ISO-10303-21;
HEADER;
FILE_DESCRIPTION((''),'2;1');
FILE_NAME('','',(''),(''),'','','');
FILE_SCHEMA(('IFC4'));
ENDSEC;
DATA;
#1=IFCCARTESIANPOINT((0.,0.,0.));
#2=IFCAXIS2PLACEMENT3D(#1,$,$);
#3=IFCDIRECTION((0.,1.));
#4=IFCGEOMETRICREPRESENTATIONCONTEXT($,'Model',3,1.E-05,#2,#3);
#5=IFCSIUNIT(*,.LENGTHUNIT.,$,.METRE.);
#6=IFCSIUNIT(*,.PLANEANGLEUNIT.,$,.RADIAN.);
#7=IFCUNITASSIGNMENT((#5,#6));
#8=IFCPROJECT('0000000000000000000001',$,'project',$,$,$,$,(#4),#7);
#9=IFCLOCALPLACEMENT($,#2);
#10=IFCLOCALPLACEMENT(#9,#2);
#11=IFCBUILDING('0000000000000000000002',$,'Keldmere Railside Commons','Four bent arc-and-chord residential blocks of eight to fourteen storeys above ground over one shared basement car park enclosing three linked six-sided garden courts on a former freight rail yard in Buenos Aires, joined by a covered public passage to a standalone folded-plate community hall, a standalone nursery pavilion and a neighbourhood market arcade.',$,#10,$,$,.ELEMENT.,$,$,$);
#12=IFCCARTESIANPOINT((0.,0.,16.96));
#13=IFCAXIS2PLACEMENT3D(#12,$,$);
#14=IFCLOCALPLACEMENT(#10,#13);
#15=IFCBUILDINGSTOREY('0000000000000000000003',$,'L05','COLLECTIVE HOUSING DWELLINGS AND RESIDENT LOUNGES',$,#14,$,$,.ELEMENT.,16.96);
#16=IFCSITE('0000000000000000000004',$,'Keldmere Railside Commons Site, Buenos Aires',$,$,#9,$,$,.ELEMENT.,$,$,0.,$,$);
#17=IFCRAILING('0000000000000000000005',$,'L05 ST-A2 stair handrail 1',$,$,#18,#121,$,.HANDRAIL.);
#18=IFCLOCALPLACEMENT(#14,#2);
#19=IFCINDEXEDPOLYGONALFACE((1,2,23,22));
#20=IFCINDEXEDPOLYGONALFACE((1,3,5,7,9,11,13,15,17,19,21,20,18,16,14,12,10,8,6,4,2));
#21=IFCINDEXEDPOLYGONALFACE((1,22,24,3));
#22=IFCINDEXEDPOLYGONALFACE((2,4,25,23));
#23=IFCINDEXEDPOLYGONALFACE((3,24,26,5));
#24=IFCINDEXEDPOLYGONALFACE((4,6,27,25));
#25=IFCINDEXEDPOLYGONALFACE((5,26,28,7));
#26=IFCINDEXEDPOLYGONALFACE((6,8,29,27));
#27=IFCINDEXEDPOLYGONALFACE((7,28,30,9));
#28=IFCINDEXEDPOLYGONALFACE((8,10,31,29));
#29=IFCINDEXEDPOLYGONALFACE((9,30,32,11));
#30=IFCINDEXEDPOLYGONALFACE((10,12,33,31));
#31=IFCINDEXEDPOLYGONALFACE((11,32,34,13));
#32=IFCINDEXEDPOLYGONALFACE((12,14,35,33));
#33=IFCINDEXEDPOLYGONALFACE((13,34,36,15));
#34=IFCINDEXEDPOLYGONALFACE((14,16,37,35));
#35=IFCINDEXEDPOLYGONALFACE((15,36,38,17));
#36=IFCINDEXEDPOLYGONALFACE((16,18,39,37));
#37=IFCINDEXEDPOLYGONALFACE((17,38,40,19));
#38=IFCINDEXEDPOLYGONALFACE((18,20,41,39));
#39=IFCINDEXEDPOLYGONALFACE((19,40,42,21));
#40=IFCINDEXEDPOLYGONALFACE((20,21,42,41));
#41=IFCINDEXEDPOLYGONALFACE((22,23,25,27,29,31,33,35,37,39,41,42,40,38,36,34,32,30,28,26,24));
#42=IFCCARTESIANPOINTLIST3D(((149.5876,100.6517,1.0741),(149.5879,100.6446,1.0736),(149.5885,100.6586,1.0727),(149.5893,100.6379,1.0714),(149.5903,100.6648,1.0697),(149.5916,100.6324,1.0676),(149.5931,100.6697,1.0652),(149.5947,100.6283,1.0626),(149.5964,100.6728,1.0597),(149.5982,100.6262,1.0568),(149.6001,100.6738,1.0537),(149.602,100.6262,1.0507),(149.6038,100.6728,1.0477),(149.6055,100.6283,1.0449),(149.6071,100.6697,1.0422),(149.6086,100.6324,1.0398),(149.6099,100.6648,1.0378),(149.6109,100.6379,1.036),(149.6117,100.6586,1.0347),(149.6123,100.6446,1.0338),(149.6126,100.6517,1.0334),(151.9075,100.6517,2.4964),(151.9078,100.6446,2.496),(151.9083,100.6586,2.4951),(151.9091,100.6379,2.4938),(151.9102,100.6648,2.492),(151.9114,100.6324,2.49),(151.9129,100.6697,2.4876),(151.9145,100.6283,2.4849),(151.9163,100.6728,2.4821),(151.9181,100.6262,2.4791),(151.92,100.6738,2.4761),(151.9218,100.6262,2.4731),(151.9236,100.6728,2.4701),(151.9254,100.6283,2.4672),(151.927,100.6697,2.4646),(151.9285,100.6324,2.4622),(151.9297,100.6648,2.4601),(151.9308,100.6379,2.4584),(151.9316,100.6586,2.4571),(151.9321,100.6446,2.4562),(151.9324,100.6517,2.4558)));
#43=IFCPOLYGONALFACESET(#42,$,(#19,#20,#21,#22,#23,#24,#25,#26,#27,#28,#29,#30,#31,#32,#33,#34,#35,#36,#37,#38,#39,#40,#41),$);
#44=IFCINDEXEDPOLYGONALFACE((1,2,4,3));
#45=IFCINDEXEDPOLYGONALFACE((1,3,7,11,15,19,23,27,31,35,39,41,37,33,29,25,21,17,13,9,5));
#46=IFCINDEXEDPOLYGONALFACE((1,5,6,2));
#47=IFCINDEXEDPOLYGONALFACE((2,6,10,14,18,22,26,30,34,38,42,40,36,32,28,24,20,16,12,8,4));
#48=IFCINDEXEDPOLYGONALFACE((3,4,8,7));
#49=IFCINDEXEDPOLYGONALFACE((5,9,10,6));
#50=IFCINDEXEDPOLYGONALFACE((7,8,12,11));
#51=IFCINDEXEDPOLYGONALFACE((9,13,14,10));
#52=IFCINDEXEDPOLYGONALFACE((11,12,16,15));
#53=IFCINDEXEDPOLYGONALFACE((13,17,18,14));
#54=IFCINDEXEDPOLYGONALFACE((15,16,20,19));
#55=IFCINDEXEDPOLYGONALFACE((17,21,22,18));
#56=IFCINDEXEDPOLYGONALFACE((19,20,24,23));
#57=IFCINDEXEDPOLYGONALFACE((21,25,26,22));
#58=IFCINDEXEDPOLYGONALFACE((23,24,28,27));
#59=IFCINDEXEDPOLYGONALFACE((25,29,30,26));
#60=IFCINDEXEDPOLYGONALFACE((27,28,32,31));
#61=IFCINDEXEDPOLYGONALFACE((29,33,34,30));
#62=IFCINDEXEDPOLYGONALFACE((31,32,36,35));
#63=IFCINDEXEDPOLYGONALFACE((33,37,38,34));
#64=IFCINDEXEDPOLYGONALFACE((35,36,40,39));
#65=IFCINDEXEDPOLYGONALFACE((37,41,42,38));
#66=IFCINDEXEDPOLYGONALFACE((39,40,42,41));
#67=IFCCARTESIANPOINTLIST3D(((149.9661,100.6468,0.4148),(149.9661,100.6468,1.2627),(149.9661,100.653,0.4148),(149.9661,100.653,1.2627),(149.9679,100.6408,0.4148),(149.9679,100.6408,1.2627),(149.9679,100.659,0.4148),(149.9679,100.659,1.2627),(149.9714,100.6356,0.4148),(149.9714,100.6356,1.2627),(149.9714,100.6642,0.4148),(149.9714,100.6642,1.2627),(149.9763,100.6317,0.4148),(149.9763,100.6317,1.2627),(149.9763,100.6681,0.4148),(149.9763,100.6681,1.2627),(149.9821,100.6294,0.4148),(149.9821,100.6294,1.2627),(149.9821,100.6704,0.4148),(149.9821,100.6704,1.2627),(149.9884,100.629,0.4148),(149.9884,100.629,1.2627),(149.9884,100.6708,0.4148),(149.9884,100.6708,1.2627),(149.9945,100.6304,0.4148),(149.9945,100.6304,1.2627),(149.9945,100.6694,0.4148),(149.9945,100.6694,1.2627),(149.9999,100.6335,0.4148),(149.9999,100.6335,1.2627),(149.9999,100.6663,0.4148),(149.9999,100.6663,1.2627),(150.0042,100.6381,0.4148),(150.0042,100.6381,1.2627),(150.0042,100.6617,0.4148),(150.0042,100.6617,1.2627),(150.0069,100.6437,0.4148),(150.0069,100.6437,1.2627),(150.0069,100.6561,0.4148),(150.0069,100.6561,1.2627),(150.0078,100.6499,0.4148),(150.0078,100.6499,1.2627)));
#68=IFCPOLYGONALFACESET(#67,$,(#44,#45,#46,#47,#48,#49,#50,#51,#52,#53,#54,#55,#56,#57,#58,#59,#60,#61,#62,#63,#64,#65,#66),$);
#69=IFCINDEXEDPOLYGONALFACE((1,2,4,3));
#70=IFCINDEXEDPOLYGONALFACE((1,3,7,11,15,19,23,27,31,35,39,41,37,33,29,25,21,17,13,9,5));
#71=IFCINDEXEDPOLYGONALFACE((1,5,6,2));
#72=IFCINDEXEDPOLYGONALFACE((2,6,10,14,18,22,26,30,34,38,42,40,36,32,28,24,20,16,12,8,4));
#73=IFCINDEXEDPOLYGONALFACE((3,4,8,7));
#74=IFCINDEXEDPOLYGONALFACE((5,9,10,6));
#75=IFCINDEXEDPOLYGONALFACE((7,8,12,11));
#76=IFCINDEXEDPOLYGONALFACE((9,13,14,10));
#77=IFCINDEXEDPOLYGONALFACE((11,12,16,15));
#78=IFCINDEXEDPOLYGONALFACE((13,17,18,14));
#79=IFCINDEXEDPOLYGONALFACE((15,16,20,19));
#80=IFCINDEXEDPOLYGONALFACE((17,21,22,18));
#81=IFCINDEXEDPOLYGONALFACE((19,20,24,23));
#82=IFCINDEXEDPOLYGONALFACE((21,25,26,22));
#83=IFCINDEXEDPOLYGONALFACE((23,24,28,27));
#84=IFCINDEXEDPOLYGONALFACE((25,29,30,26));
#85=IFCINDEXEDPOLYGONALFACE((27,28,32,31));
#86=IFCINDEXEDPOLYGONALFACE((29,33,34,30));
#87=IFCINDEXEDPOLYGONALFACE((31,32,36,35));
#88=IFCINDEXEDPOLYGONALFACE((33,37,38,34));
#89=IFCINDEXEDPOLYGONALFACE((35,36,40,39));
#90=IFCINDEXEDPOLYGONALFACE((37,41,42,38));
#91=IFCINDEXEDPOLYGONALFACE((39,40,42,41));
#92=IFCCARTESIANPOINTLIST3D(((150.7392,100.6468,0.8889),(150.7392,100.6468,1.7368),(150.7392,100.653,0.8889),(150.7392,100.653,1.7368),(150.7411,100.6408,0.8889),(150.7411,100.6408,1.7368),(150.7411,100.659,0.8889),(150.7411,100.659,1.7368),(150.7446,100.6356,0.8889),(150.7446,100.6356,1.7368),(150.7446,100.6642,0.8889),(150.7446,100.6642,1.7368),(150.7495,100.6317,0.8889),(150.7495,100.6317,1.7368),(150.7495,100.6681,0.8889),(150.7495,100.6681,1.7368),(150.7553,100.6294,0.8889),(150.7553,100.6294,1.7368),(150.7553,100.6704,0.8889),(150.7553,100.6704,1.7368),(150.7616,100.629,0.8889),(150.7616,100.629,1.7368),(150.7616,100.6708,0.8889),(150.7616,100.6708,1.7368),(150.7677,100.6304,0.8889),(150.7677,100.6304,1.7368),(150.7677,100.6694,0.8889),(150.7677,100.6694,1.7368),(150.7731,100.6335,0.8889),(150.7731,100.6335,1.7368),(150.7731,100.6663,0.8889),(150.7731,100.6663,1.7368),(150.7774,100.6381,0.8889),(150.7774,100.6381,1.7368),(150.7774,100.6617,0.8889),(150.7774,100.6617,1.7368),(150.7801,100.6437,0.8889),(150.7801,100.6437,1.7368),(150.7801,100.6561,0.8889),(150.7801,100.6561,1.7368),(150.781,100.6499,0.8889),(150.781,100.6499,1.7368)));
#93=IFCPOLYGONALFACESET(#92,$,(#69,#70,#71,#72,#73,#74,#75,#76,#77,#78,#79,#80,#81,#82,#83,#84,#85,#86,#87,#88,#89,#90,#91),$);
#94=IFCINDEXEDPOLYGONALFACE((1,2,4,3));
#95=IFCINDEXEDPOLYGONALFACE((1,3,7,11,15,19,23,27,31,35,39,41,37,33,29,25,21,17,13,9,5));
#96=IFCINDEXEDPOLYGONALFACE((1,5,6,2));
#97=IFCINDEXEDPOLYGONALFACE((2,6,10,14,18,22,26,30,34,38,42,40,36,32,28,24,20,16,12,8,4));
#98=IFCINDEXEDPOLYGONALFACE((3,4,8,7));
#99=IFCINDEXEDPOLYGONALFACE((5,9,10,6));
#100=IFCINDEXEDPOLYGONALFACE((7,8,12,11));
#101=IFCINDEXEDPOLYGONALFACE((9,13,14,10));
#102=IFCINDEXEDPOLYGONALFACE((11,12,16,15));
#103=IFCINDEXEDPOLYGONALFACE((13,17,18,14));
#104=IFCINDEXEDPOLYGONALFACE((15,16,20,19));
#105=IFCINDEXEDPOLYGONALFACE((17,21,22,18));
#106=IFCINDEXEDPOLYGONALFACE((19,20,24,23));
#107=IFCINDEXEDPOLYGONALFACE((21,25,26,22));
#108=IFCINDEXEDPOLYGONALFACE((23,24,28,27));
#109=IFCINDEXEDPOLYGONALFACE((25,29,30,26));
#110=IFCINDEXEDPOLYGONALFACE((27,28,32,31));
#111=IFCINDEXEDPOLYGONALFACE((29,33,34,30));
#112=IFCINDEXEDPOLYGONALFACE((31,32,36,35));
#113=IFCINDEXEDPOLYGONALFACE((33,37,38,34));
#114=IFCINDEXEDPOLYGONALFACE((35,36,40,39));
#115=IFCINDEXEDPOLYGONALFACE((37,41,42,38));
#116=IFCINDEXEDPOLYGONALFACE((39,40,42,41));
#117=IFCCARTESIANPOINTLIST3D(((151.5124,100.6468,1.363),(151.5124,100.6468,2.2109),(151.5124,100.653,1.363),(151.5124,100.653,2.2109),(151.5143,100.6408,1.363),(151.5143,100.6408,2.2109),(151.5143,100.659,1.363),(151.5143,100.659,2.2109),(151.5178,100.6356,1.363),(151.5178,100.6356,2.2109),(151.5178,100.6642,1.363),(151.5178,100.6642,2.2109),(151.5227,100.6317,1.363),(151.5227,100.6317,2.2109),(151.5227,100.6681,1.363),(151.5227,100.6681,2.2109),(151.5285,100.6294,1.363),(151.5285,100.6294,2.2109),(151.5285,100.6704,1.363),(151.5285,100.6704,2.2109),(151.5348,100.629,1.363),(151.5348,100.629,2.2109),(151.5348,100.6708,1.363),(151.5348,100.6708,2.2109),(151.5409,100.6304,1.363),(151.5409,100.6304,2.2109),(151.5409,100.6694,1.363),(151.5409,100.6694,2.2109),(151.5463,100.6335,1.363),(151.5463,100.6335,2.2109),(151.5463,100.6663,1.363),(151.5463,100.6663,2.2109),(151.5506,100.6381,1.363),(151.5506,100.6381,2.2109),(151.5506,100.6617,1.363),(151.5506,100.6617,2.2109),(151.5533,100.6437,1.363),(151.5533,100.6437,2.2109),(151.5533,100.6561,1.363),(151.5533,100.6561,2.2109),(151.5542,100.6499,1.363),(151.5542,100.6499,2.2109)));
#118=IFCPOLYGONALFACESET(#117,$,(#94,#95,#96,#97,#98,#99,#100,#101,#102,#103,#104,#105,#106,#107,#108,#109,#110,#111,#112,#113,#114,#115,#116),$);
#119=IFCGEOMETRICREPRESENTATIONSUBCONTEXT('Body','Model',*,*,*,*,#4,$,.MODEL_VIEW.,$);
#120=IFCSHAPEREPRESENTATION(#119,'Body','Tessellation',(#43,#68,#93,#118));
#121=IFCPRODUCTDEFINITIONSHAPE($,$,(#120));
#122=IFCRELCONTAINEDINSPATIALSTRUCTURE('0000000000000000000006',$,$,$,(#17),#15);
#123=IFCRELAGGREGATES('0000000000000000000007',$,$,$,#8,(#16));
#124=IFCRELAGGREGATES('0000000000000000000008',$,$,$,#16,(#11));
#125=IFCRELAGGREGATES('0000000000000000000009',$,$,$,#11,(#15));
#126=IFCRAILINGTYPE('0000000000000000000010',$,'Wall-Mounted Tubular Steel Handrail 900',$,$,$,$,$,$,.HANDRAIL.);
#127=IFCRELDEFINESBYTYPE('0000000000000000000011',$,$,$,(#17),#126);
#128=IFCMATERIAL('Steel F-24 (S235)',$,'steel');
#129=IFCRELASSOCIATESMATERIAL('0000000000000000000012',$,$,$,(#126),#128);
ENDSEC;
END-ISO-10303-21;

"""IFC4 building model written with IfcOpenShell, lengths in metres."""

from ifc_helpers import new_model, si_unit, direction, frame, origin, origin_2d, place, context, subcontext, project, spatial, circle, extrude, material, type_object, element, save


model = new_model("IFC4")

# Units and contexts
model_context = context("Model", 3, precision=1e-05, world=origin(), true_north=direction((0.0, 1.0)))
body_context = subcontext(model_context, "Body", "Model", "MODEL_VIEW")
ifc_project = project(units=[si_unit("LENGTHUNIT", "METRE"), si_unit("PLANEANGLEUNIT", "RADIAN")], contexts=[model_context])

# Site, building, storey
site_placement = place(None, origin())
site = spatial("IfcSite", under=ifc_project, at=site_placement, Name="Keldmere Railside Commons Site, Buenos Aires", CompositionType="ELEMENT", RefElevation=0.0)
building_placement = place(site_placement, origin())
building = spatial("IfcBuilding", under=site, at=building_placement, Name="Keldmere Railside Commons", Description="Four bent arc-and-chord residential blocks of eight to fourteen storeys above ground over one shared basement car park enclosing three linked six-sided garden courts on a former freight rail yard in Buenos Aires, joined by a covered public passage to a standalone folded-plate community hall, a standalone nursery pavilion and a neighbourhood market arcade.", CompositionType="ELEMENT")
storey_placement = place(building_placement, frame((0.0, 0.0, 16.96)))
storey = spatial("IfcBuildingStorey", under=building, at=storey_placement, Name="L05", Description="COLLECTIVE HOUSING DWELLINGS AND RESIDENT LOUNGES", CompositionType="ELEMENT", Elevation=16.96)

# Shared definitions
ifc_material_1 = material(Name="Steel F-24 (S235)", Category="steel")

# Railing
railing_type_1 = type_object("IfcRailingType", Name="Wall-Mounted Tubular Steel Handrail 900", PredefinedType="HANDRAIL", material=ifc_material_1)
railing_1_placement = place(storey_placement, frame((149.6001, 100.6499, 0.1777)))
element("IfcRailing", 1, at=railing_1_placement, inside=storey, type_object=railing_type_1, Name="L05 ST-A2 stair handrail 1", PredefinedType="HANDRAIL", context=body_context, shape_type="SweptSolid", body=[
    extrude(circle(Radius=0.0239, at=origin_2d()), frame((0.0, 0.0, 0.876), z_axis=(0.852514, 0.0, 0.522705), x_axis=(0.0, 1.0, 0.0)), (0.0, 0.0, 1.0), 2.7212),
    extrude(circle(Radius=0.021, at=origin_2d()), frame((0.3867, 0.0, 0.2371)), (0.0, 0.0, 1.0), 0.8479),
    extrude(circle(Radius=0.021, at=origin_2d()), frame((1.1599, 0.0, 0.7112)), (0.0, 0.0, 1.0), 0.8479),
    extrude(circle(Radius=0.021, at=origin_2d()), frame((1.9331, 0.0, 1.1853)), (0.0, 0.0, 1.0), 0.8479),
])

save(model, "model.ifc")
